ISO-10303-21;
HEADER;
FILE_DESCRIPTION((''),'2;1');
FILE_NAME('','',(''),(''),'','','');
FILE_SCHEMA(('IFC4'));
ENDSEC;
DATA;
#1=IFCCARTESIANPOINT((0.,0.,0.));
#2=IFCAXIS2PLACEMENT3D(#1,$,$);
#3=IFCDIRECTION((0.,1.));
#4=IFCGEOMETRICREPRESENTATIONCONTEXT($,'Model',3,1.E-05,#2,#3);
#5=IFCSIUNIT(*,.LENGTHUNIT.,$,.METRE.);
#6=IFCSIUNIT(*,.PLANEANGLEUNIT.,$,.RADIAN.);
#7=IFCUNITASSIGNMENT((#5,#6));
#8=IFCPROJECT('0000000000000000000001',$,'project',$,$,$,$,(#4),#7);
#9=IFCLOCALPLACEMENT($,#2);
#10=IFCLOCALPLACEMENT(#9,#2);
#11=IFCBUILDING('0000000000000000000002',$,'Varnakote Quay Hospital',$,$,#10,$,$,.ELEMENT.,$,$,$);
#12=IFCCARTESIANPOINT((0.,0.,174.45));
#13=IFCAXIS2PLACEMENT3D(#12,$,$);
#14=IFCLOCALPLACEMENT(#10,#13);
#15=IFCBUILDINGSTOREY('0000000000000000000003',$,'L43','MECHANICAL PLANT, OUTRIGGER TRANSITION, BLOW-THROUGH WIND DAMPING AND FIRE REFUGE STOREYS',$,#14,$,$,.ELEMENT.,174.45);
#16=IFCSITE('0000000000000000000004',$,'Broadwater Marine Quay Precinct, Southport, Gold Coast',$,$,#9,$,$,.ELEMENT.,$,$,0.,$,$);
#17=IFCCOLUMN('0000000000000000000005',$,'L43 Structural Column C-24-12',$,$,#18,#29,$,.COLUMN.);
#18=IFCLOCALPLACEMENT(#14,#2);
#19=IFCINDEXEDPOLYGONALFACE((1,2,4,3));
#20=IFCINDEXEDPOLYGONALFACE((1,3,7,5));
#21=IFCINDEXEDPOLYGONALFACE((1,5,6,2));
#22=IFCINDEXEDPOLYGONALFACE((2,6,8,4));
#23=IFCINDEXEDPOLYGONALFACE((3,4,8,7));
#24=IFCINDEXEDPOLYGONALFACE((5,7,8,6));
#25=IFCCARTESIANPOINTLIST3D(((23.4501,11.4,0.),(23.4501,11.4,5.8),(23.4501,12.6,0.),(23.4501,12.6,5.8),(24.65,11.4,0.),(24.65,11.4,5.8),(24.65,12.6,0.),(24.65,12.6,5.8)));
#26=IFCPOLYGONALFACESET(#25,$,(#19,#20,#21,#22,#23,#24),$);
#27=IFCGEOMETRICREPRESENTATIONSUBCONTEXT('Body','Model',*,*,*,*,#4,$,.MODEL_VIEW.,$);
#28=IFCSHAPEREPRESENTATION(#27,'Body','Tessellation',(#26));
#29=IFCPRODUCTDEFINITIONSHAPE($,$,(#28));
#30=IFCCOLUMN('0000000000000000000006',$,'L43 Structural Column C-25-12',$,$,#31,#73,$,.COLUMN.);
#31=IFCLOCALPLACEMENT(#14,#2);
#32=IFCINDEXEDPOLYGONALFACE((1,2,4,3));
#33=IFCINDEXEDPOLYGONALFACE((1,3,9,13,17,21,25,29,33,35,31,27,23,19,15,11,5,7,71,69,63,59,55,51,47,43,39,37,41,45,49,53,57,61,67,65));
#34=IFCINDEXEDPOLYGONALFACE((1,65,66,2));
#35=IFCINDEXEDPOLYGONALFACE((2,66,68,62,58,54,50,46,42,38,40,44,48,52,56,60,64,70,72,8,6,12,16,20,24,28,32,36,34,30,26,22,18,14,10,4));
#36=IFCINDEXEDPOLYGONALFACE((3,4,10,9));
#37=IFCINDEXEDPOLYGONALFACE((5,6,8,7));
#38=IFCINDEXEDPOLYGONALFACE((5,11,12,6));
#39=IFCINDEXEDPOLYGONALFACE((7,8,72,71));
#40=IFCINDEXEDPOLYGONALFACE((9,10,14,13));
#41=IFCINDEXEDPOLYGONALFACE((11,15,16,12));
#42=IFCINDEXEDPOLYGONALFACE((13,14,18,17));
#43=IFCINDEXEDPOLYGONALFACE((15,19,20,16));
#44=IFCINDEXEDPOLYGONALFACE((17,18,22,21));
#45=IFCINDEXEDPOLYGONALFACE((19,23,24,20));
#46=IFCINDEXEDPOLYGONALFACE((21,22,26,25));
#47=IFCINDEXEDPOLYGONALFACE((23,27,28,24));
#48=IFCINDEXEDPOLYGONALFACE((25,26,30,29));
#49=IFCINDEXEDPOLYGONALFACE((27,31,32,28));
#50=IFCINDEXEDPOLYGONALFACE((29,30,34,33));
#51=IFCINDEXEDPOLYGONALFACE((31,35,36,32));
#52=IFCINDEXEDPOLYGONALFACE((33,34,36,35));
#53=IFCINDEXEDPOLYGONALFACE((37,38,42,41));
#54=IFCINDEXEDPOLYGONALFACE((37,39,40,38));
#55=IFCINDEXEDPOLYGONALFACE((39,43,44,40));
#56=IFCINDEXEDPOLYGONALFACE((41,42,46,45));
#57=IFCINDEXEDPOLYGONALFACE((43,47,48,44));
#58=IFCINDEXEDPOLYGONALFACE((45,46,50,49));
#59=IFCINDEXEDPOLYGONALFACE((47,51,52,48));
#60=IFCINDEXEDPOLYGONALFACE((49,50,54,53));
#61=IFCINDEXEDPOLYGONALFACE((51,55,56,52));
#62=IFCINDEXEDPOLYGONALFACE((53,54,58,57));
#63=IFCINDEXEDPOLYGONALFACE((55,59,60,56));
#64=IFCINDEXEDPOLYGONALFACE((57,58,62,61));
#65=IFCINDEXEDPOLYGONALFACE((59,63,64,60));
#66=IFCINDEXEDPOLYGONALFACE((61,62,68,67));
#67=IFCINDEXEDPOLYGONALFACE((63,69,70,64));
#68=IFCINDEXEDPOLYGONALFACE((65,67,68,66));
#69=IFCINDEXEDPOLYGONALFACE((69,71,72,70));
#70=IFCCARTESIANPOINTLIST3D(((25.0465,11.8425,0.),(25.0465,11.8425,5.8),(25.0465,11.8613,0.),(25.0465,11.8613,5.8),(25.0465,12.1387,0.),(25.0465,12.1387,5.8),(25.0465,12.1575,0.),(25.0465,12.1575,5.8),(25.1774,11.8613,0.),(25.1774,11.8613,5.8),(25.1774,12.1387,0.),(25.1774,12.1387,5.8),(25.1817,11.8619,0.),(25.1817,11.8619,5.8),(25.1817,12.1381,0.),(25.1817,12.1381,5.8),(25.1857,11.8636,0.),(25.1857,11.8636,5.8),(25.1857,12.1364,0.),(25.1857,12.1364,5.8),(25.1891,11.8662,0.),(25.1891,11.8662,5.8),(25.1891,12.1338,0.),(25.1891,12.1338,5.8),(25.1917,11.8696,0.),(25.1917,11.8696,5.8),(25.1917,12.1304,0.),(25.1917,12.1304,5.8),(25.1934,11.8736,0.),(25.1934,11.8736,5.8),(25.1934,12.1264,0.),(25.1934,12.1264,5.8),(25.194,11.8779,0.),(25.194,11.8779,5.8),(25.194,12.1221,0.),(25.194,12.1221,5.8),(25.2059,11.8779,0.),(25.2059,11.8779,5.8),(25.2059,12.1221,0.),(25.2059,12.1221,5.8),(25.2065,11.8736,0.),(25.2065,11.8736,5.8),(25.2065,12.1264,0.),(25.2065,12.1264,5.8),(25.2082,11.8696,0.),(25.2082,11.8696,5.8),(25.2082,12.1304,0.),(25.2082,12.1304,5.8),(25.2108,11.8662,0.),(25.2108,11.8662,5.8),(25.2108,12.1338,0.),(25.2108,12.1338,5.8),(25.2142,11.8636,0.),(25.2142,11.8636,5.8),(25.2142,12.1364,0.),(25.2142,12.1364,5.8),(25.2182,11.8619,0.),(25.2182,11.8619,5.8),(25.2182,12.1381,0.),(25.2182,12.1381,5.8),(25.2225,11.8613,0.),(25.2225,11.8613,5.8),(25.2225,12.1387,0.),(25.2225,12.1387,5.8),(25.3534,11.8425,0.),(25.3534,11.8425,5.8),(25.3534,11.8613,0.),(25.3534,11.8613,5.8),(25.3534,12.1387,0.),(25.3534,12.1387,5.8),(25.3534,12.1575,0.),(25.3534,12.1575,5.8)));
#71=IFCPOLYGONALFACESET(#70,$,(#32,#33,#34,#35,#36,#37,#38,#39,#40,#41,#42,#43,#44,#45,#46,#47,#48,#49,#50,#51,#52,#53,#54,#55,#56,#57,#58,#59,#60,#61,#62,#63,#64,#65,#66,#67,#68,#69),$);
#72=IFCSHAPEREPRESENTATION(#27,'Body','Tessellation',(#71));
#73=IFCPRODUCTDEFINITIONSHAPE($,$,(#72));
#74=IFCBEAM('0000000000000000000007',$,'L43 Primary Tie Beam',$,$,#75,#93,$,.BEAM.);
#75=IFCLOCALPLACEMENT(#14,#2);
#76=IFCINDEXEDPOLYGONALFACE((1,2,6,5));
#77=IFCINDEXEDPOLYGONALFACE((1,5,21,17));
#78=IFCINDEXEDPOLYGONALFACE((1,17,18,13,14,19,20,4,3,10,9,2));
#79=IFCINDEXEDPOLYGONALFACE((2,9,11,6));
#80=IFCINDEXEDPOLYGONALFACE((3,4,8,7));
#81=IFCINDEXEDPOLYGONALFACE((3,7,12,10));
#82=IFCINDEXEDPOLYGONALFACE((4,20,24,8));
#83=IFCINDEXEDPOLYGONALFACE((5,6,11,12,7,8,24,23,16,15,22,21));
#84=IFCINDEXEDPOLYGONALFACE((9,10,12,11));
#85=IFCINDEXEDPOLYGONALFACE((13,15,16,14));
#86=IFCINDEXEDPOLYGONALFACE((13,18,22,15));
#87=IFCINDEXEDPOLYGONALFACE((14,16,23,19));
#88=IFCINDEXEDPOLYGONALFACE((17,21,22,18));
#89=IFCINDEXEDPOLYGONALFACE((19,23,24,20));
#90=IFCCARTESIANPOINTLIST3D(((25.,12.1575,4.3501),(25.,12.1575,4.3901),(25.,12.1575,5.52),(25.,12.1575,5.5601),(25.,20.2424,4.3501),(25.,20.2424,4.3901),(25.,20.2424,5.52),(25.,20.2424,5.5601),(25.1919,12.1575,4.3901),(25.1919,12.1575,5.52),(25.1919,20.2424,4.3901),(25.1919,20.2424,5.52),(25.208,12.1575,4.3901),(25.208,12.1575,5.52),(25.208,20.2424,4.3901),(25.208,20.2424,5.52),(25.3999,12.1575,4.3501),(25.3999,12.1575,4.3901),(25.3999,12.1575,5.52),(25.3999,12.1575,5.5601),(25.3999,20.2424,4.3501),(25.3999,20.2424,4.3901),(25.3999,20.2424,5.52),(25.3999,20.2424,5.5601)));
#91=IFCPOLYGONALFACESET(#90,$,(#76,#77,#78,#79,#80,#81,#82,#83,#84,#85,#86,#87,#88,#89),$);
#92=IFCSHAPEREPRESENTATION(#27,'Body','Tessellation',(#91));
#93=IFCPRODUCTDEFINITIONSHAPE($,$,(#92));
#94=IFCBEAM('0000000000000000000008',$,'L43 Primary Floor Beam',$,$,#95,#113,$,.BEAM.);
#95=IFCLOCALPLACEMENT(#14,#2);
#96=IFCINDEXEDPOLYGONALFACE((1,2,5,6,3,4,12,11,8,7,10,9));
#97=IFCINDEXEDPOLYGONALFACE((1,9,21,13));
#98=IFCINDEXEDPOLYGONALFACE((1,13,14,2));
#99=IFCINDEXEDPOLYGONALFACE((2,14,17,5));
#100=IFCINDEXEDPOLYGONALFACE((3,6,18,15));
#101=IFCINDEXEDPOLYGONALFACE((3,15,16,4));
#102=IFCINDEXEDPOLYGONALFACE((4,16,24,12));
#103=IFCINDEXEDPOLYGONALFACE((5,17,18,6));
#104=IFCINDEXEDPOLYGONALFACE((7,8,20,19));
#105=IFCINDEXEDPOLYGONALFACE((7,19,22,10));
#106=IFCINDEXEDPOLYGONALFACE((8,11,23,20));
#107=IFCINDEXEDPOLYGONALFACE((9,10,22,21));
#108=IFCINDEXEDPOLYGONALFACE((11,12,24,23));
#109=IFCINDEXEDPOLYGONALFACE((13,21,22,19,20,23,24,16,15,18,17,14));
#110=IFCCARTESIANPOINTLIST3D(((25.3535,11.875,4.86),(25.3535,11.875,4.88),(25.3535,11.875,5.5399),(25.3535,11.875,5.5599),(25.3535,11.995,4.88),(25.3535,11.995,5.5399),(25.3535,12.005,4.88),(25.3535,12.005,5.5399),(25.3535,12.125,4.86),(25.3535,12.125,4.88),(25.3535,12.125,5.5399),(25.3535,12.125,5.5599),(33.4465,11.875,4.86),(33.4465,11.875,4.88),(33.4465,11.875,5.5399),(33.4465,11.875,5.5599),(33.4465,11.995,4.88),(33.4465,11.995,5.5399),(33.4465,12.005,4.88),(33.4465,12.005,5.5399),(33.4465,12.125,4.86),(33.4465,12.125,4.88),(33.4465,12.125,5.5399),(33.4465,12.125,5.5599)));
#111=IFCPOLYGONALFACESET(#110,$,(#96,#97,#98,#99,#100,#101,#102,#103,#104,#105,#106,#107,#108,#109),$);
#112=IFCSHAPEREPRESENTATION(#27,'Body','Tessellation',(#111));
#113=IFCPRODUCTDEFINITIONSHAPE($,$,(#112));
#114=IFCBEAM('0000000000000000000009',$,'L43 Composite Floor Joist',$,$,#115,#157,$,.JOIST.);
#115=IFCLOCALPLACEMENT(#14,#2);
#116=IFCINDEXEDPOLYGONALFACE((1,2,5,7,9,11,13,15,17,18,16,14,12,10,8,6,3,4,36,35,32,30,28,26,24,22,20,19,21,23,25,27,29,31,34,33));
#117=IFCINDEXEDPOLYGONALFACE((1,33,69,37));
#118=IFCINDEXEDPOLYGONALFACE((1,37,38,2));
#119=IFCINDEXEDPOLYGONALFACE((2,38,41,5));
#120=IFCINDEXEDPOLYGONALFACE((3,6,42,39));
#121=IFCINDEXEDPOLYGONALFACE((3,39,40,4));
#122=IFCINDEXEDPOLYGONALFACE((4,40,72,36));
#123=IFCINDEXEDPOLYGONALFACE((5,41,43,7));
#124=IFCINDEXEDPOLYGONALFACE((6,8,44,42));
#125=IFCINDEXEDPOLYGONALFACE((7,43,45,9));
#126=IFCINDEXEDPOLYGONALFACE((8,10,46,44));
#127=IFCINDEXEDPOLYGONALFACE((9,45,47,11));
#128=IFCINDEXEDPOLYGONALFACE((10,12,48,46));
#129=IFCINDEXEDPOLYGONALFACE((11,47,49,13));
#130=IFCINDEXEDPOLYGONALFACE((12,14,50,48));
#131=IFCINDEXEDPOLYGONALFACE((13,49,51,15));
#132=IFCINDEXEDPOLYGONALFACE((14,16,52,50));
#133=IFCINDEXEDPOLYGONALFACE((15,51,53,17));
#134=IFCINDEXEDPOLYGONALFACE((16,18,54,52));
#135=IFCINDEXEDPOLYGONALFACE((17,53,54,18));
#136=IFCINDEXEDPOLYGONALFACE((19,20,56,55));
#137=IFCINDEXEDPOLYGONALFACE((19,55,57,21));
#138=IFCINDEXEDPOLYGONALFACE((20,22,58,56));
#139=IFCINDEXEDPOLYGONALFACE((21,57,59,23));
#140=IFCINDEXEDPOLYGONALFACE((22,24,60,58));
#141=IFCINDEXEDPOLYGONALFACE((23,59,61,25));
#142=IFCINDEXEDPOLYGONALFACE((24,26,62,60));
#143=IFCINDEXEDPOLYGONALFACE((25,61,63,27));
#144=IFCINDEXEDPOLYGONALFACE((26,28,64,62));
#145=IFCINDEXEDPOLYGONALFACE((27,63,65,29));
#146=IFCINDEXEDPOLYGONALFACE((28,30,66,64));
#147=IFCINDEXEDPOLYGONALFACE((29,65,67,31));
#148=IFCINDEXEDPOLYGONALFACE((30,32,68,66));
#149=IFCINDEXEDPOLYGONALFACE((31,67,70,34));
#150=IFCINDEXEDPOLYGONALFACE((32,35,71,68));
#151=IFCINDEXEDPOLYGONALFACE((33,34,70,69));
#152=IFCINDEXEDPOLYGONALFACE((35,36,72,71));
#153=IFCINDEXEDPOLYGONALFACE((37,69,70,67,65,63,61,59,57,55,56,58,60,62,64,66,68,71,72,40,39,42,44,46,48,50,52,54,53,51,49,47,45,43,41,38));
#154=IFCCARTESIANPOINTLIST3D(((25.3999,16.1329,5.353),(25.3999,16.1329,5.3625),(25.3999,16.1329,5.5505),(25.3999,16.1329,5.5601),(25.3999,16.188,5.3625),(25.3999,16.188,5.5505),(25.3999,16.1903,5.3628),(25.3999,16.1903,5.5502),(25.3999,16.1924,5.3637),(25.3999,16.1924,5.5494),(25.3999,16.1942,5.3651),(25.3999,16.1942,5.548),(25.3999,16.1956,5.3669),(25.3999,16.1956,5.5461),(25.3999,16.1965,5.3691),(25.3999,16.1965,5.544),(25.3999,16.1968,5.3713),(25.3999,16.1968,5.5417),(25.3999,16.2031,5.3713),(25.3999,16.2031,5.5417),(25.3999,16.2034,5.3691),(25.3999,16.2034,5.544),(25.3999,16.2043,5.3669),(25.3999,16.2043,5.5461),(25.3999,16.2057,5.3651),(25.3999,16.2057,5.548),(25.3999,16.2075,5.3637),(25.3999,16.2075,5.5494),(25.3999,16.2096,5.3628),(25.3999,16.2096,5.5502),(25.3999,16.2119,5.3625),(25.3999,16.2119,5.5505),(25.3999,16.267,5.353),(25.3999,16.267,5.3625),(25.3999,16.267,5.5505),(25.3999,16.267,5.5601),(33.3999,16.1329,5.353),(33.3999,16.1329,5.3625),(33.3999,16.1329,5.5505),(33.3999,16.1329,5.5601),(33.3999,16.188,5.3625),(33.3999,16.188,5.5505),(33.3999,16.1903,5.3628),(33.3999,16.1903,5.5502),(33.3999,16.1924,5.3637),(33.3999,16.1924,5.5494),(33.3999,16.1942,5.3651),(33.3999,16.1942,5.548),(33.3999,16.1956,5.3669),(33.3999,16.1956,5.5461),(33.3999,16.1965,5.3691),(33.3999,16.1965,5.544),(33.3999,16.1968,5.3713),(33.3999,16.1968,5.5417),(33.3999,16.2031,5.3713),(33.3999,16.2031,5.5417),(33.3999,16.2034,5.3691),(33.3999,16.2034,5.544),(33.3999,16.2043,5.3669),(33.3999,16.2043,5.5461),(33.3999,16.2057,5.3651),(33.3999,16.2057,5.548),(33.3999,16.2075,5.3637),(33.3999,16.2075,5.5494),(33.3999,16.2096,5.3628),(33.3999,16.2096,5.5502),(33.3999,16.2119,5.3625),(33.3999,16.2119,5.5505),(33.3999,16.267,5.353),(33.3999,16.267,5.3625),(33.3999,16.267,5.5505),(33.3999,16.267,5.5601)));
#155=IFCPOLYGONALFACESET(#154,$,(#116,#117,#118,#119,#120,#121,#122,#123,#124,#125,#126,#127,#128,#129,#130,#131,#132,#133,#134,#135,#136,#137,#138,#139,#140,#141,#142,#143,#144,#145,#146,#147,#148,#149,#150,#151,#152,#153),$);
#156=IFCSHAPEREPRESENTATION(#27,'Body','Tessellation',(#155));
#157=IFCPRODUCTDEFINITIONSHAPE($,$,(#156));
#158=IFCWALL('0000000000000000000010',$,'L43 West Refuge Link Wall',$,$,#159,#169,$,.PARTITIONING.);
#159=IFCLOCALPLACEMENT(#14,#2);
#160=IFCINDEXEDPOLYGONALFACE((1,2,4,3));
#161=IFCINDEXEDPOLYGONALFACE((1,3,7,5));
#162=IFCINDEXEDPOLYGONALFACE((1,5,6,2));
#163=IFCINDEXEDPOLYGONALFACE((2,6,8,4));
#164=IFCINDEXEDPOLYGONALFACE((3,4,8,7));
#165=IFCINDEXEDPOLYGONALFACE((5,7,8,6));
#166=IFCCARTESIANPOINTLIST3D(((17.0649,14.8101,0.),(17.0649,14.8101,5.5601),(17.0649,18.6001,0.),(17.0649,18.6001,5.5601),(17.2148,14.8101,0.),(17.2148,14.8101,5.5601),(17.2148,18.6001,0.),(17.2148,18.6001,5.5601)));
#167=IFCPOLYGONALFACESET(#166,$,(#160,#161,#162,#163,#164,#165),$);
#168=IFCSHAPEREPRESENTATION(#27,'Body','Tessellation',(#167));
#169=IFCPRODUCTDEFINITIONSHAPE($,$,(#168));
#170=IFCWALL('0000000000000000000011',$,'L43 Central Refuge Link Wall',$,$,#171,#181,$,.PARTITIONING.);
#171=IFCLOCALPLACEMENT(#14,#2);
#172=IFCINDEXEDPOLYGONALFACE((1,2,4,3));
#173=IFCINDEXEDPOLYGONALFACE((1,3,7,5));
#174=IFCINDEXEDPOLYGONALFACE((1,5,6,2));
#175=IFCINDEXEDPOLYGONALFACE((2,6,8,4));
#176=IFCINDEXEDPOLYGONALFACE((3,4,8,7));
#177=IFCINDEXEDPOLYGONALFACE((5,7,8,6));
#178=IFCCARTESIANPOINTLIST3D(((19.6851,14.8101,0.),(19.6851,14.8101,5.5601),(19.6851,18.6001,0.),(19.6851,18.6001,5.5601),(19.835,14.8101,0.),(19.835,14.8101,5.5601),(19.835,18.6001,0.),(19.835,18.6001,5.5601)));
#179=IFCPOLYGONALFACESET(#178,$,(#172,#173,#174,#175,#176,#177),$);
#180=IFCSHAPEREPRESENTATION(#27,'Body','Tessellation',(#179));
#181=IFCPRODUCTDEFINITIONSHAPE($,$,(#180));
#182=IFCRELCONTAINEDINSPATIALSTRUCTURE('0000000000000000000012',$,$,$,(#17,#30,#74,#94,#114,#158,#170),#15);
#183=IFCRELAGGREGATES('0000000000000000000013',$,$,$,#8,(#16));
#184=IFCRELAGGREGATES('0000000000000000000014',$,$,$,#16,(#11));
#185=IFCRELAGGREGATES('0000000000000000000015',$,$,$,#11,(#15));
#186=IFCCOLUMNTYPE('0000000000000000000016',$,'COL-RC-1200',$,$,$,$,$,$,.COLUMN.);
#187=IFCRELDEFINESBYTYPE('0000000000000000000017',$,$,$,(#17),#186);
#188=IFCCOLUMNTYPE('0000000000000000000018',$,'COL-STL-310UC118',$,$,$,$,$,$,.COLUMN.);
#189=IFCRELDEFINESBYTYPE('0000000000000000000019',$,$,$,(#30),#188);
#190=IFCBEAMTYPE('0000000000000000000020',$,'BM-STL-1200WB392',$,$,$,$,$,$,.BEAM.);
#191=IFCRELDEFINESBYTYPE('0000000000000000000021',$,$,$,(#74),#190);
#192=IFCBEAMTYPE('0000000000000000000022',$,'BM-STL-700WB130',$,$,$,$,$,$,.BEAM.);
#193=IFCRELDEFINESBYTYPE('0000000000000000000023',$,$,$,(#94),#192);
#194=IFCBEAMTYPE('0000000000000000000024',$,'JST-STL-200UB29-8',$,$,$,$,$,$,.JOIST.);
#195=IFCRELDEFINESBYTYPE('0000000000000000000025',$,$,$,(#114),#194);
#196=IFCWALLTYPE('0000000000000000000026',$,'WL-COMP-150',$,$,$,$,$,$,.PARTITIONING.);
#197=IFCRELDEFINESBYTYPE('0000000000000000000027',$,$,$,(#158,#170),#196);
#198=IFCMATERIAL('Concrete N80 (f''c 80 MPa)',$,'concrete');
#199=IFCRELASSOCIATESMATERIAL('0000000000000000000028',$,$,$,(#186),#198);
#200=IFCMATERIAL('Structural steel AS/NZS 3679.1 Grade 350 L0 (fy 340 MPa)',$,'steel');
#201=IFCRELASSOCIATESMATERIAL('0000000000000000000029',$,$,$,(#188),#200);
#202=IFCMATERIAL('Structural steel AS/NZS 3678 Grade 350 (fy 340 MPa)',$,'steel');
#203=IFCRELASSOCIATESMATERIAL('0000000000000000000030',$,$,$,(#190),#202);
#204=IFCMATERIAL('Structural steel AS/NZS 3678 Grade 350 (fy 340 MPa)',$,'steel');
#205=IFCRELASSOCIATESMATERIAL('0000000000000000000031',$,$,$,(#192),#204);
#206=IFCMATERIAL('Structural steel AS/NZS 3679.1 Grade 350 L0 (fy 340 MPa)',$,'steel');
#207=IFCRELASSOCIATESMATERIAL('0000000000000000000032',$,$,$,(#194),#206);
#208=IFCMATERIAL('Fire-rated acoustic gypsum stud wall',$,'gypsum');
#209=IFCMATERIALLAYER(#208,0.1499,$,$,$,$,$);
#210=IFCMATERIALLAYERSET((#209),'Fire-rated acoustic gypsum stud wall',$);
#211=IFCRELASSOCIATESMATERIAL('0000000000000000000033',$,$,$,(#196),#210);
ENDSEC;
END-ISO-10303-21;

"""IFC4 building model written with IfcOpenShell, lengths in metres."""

from ifc_helpers import new_model, si_unit, direction, frame, frame_2d, origin, origin_2d, place, context, subcontext, project, spatial, rectangle, i_section, extrude, material, layer, layer_set, material_profile, profile_set, type_object, element, save


model = new_model("IFC4")

# Units and contexts
model_context = context("Model", 3, precision=1e-05, world=origin(), true_north=direction((0.0, 1.0)))
body_context = subcontext(model_context, "Body", "Model", "MODEL_VIEW")
ifc_project = project(units=[si_unit("LENGTHUNIT", "METRE"), si_unit("PLANEANGLEUNIT", "RADIAN")], contexts=[model_context])

# Site, building, storey
site_placement = place(None, origin())
site = spatial("IfcSite", under=ifc_project, at=site_placement, Name="Broadwater Marine Quay Precinct, Southport, Gold Coast", CompositionType="ELEMENT", RefElevation=0.0)
building_placement = place(site_placement, origin())
building = spatial("IfcBuilding", under=site, at=building_placement, Name="Varnakote Quay Hospital", CompositionType="ELEMENT")
storey_placement = place(building_placement, frame((0.0, 0.0, 174.45)))
storey = spatial("IfcBuildingStorey", under=building, at=storey_placement, Name="L43", Description="MECHANICAL PLANT, OUTRIGGER TRANSITION, BLOW-THROUGH WIND DAMPING AND FIRE REFUGE STOREYS", CompositionType="ELEMENT", Elevation=174.45)

# Columns
ifc_material_1 = material(Name="Concrete N80 (f'c 80 MPa)", Category="concrete")
ifc_material_profile_1 = material_profile(ifc_material_1, rectangle(XDim=1.2, YDim=1.2, at=origin_2d()), Name="RC-COL-1200x1200")
ifc_profile_set_1 = profile_set([ifc_material_profile_1], Name="Concrete N80 (f'c 80 MPa)")
column_type_1 = type_object("IfcColumnType", Name="COL-RC-1200", PredefinedType="COLUMN", material=ifc_profile_set_1)
column_1_placement = place(storey_placement, frame((24.05, 12.0, 0.0), z_axis=(0.0, 0.0, 1.0), x_axis=(1.0, 0.0, 0.0)))
element("IfcColumn", 1, at=column_1_placement, inside=storey, type_object=column_type_1, Name="L43 Structural Column C-24-12", PredefinedType="COLUMN", context=body_context, shape_type="SweptSolid", body=[
    extrude(rectangle(XDim=1.2, YDim=1.2, at=origin_2d()), origin(), (0.0, 0.0, 1.0), 5.8),
])
ifc_material_2 = material(Name="Structural steel AS/NZS 3679.1 Grade 350 L0 (fy 340 MPa)", Category="steel")
ifc_material_profile_2 = material_profile(ifc_material_2, i_section(OverallWidth=0.3069, OverallDepth=0.3149, WebThickness=0.012, FlangeThickness=0.0188, FilletRadius=0.0166, at=origin_2d()), Name="310UC118")
ifc_profile_set_2 = profile_set([ifc_material_profile_2], Name="Structural steel AS/NZS 3679.1 Grade 350 L0 (fy 340 MPa)")
column_type_2 = type_object("IfcColumnType", Name="COL-STL-310UC118", PredefinedType="COLUMN", material=ifc_profile_set_2)
column_2_placement = place(storey_placement, frame((25.2, 12.0, 0.0), z_axis=(0.0, 0.0, 1.0), x_axis=(1.0, 0.0, 0.0)))
element("IfcColumn", 2, at=column_2_placement, inside=storey, type_object=column_type_2, Name="L43 Structural Column C-25-12", PredefinedType="COLUMN", context=body_context, shape_type="SweptSolid", body=[
    extrude(i_section(OverallWidth=0.3069, OverallDepth=0.3149, WebThickness=0.012, FlangeThickness=0.0188, FilletRadius=0.0166, at=origin_2d()), origin(), (0.0, 0.0, 1.0), 5.8),
])

# Beams
ifc_material_3 = material(Name="Structural steel AS/NZS 3678 Grade 350 (fy 340 MPa)", Category="steel")
ifc_material_profile_3 = material_profile(ifc_material_3, i_section(OverallWidth=0.3999, OverallDepth=1.21, WebThickness=0.0161, FlangeThickness=0.04, at=origin_2d()), Name="1200WB392")
ifc_profile_set_3 = profile_set([ifc_material_profile_3], Name="Structural steel AS/NZS 3678 Grade 350 (fy 340 MPa)")
beam_type_1 = type_object("IfcBeamType", Name="BM-STL-1200WB392", PredefinedType="BEAM", material=ifc_profile_set_3)
beam_1_placement = place(storey_placement, frame((25.2, 12.1575, 4.9551), z_axis=(0.0, 1.0, 0.0), x_axis=(-1.0, 0.0, 0.0)))
element("IfcBeam", 3, at=beam_1_placement, inside=storey, type_object=beam_type_1, Name="L43 Primary Tie Beam", PredefinedType="BEAM", context=body_context, shape_type="SweptSolid", body=[
    extrude(i_section(OverallWidth=0.3999, OverallDepth=1.21, WebThickness=0.0161, FlangeThickness=0.04, at=origin_2d()), origin(), (0.0, 0.0, 1.0), 8.085),
])
ifc_material_4 = material(Name="Structural steel AS/NZS 3678 Grade 350 (fy 340 MPa)", Category="steel")
ifc_material_profile_4 = material_profile(ifc_material_4, i_section(OverallWidth=0.25, OverallDepth=0.7, WebThickness=0.01, FlangeThickness=0.02, at=origin_2d()), Name="700WB130")
ifc_profile_set_4 = profile_set([ifc_material_profile_4], Name="Structural steel AS/NZS 3678 Grade 350 (fy 340 MPa)")
beam_type_2 = type_object("IfcBeamType", Name="BM-STL-700WB130", PredefinedType="BEAM", material=ifc_profile_set_4)
beam_2_placement = place(storey_placement, frame((25.3535, 12.0, 5.21), z_axis=(1.0, 0.0, 0.0), x_axis=(0.0, 1.0, 0.0)))
element("IfcBeam", 4, at=beam_2_placement, inside=storey, type_object=beam_type_2, Name="L43 Primary Floor Beam", PredefinedType="BEAM", context=body_context, shape_type="SweptSolid", body=[
    extrude(i_section(OverallWidth=0.25, OverallDepth=0.7, WebThickness=0.01, FlangeThickness=0.02, at=origin_2d()), origin(), (0.0, 0.0, 1.0), 8.093),
])
ifc_material_5 = material(Name="Structural steel AS/NZS 3679.1 Grade 350 L0 (fy 340 MPa)", Category="steel")
ifc_material_profile_5 = material_profile(ifc_material_5, i_section(OverallWidth=0.134, OverallDepth=0.207, WebThickness=0.0063, FlangeThickness=0.0095, FilletRadius=0.0088, at=origin_2d()), Name="200UB29.8")
ifc_profile_set_5 = profile_set([ifc_material_profile_5], Name="Structural steel AS/NZS 3679.1 Grade 350 L0 (fy 340 MPa)")
beam_type_3 = type_object("IfcBeamType", Name="JST-STL-200UB29-8", PredefinedType="JOIST", material=ifc_profile_set_5)
beam_3_placement = place(storey_placement, frame((25.3999, 16.2, 5.4565), z_axis=(1.0, 0.0, 0.0), x_axis=(0.0, 1.0, 0.0)))
element("IfcBeam", 5, at=beam_3_placement, inside=storey, type_object=beam_type_3, Name="L43 Composite Floor Joist", PredefinedType="JOIST", context=body_context, shape_type="SweptSolid", body=[
    extrude(i_section(OverallWidth=0.134, OverallDepth=0.207, WebThickness=0.0063, FlangeThickness=0.0095, FilletRadius=0.0088, at=origin_2d()), origin(), (0.0, 0.0, 1.0), 8.0),
])

# Walls
ifc_material_6 = material(Name="Fire-rated acoustic gypsum stud wall", Category="gypsum")
ifc_layer_1 = layer(ifc_material_6, 0.1499)
ifc_layer_set_1 = layer_set([ifc_layer_1], Name="Fire-rated acoustic gypsum stud wall")
wall_type_1 = type_object("IfcWallType", Name="WL-COMP-150", PredefinedType="PARTITIONING", material=ifc_layer_set_1)
for number, where, z_axis, x_axis, name in (
    (6, (17.1399, 14.8101, 0.0), (0.0, 0.0, 1.0), (0.0, 1.0, 0.0), "L43 West Refuge Link Wall"),
    (7, (19.76, 14.8101, 0.0), (0.0, 0.0, 1.0), (0.0, 1.0, 0.0), "L43 Central Refuge Link Wall"),
):
    element("IfcWall", number, at=place(storey_placement, frame(where, z_axis=z_axis, x_axis=x_axis)), inside=storey, type_object=wall_type_1, Name=name, PredefinedType="PARTITIONING", context=body_context, shape_type="SweptSolid", body=[
        extrude(rectangle(XDim=3.79, YDim=0.1499, at=frame_2d((1.895, 0.0))), origin(), (0.0, 0.0, 1.0), 5.5601),
    ])

save(model, "model.ifc")
